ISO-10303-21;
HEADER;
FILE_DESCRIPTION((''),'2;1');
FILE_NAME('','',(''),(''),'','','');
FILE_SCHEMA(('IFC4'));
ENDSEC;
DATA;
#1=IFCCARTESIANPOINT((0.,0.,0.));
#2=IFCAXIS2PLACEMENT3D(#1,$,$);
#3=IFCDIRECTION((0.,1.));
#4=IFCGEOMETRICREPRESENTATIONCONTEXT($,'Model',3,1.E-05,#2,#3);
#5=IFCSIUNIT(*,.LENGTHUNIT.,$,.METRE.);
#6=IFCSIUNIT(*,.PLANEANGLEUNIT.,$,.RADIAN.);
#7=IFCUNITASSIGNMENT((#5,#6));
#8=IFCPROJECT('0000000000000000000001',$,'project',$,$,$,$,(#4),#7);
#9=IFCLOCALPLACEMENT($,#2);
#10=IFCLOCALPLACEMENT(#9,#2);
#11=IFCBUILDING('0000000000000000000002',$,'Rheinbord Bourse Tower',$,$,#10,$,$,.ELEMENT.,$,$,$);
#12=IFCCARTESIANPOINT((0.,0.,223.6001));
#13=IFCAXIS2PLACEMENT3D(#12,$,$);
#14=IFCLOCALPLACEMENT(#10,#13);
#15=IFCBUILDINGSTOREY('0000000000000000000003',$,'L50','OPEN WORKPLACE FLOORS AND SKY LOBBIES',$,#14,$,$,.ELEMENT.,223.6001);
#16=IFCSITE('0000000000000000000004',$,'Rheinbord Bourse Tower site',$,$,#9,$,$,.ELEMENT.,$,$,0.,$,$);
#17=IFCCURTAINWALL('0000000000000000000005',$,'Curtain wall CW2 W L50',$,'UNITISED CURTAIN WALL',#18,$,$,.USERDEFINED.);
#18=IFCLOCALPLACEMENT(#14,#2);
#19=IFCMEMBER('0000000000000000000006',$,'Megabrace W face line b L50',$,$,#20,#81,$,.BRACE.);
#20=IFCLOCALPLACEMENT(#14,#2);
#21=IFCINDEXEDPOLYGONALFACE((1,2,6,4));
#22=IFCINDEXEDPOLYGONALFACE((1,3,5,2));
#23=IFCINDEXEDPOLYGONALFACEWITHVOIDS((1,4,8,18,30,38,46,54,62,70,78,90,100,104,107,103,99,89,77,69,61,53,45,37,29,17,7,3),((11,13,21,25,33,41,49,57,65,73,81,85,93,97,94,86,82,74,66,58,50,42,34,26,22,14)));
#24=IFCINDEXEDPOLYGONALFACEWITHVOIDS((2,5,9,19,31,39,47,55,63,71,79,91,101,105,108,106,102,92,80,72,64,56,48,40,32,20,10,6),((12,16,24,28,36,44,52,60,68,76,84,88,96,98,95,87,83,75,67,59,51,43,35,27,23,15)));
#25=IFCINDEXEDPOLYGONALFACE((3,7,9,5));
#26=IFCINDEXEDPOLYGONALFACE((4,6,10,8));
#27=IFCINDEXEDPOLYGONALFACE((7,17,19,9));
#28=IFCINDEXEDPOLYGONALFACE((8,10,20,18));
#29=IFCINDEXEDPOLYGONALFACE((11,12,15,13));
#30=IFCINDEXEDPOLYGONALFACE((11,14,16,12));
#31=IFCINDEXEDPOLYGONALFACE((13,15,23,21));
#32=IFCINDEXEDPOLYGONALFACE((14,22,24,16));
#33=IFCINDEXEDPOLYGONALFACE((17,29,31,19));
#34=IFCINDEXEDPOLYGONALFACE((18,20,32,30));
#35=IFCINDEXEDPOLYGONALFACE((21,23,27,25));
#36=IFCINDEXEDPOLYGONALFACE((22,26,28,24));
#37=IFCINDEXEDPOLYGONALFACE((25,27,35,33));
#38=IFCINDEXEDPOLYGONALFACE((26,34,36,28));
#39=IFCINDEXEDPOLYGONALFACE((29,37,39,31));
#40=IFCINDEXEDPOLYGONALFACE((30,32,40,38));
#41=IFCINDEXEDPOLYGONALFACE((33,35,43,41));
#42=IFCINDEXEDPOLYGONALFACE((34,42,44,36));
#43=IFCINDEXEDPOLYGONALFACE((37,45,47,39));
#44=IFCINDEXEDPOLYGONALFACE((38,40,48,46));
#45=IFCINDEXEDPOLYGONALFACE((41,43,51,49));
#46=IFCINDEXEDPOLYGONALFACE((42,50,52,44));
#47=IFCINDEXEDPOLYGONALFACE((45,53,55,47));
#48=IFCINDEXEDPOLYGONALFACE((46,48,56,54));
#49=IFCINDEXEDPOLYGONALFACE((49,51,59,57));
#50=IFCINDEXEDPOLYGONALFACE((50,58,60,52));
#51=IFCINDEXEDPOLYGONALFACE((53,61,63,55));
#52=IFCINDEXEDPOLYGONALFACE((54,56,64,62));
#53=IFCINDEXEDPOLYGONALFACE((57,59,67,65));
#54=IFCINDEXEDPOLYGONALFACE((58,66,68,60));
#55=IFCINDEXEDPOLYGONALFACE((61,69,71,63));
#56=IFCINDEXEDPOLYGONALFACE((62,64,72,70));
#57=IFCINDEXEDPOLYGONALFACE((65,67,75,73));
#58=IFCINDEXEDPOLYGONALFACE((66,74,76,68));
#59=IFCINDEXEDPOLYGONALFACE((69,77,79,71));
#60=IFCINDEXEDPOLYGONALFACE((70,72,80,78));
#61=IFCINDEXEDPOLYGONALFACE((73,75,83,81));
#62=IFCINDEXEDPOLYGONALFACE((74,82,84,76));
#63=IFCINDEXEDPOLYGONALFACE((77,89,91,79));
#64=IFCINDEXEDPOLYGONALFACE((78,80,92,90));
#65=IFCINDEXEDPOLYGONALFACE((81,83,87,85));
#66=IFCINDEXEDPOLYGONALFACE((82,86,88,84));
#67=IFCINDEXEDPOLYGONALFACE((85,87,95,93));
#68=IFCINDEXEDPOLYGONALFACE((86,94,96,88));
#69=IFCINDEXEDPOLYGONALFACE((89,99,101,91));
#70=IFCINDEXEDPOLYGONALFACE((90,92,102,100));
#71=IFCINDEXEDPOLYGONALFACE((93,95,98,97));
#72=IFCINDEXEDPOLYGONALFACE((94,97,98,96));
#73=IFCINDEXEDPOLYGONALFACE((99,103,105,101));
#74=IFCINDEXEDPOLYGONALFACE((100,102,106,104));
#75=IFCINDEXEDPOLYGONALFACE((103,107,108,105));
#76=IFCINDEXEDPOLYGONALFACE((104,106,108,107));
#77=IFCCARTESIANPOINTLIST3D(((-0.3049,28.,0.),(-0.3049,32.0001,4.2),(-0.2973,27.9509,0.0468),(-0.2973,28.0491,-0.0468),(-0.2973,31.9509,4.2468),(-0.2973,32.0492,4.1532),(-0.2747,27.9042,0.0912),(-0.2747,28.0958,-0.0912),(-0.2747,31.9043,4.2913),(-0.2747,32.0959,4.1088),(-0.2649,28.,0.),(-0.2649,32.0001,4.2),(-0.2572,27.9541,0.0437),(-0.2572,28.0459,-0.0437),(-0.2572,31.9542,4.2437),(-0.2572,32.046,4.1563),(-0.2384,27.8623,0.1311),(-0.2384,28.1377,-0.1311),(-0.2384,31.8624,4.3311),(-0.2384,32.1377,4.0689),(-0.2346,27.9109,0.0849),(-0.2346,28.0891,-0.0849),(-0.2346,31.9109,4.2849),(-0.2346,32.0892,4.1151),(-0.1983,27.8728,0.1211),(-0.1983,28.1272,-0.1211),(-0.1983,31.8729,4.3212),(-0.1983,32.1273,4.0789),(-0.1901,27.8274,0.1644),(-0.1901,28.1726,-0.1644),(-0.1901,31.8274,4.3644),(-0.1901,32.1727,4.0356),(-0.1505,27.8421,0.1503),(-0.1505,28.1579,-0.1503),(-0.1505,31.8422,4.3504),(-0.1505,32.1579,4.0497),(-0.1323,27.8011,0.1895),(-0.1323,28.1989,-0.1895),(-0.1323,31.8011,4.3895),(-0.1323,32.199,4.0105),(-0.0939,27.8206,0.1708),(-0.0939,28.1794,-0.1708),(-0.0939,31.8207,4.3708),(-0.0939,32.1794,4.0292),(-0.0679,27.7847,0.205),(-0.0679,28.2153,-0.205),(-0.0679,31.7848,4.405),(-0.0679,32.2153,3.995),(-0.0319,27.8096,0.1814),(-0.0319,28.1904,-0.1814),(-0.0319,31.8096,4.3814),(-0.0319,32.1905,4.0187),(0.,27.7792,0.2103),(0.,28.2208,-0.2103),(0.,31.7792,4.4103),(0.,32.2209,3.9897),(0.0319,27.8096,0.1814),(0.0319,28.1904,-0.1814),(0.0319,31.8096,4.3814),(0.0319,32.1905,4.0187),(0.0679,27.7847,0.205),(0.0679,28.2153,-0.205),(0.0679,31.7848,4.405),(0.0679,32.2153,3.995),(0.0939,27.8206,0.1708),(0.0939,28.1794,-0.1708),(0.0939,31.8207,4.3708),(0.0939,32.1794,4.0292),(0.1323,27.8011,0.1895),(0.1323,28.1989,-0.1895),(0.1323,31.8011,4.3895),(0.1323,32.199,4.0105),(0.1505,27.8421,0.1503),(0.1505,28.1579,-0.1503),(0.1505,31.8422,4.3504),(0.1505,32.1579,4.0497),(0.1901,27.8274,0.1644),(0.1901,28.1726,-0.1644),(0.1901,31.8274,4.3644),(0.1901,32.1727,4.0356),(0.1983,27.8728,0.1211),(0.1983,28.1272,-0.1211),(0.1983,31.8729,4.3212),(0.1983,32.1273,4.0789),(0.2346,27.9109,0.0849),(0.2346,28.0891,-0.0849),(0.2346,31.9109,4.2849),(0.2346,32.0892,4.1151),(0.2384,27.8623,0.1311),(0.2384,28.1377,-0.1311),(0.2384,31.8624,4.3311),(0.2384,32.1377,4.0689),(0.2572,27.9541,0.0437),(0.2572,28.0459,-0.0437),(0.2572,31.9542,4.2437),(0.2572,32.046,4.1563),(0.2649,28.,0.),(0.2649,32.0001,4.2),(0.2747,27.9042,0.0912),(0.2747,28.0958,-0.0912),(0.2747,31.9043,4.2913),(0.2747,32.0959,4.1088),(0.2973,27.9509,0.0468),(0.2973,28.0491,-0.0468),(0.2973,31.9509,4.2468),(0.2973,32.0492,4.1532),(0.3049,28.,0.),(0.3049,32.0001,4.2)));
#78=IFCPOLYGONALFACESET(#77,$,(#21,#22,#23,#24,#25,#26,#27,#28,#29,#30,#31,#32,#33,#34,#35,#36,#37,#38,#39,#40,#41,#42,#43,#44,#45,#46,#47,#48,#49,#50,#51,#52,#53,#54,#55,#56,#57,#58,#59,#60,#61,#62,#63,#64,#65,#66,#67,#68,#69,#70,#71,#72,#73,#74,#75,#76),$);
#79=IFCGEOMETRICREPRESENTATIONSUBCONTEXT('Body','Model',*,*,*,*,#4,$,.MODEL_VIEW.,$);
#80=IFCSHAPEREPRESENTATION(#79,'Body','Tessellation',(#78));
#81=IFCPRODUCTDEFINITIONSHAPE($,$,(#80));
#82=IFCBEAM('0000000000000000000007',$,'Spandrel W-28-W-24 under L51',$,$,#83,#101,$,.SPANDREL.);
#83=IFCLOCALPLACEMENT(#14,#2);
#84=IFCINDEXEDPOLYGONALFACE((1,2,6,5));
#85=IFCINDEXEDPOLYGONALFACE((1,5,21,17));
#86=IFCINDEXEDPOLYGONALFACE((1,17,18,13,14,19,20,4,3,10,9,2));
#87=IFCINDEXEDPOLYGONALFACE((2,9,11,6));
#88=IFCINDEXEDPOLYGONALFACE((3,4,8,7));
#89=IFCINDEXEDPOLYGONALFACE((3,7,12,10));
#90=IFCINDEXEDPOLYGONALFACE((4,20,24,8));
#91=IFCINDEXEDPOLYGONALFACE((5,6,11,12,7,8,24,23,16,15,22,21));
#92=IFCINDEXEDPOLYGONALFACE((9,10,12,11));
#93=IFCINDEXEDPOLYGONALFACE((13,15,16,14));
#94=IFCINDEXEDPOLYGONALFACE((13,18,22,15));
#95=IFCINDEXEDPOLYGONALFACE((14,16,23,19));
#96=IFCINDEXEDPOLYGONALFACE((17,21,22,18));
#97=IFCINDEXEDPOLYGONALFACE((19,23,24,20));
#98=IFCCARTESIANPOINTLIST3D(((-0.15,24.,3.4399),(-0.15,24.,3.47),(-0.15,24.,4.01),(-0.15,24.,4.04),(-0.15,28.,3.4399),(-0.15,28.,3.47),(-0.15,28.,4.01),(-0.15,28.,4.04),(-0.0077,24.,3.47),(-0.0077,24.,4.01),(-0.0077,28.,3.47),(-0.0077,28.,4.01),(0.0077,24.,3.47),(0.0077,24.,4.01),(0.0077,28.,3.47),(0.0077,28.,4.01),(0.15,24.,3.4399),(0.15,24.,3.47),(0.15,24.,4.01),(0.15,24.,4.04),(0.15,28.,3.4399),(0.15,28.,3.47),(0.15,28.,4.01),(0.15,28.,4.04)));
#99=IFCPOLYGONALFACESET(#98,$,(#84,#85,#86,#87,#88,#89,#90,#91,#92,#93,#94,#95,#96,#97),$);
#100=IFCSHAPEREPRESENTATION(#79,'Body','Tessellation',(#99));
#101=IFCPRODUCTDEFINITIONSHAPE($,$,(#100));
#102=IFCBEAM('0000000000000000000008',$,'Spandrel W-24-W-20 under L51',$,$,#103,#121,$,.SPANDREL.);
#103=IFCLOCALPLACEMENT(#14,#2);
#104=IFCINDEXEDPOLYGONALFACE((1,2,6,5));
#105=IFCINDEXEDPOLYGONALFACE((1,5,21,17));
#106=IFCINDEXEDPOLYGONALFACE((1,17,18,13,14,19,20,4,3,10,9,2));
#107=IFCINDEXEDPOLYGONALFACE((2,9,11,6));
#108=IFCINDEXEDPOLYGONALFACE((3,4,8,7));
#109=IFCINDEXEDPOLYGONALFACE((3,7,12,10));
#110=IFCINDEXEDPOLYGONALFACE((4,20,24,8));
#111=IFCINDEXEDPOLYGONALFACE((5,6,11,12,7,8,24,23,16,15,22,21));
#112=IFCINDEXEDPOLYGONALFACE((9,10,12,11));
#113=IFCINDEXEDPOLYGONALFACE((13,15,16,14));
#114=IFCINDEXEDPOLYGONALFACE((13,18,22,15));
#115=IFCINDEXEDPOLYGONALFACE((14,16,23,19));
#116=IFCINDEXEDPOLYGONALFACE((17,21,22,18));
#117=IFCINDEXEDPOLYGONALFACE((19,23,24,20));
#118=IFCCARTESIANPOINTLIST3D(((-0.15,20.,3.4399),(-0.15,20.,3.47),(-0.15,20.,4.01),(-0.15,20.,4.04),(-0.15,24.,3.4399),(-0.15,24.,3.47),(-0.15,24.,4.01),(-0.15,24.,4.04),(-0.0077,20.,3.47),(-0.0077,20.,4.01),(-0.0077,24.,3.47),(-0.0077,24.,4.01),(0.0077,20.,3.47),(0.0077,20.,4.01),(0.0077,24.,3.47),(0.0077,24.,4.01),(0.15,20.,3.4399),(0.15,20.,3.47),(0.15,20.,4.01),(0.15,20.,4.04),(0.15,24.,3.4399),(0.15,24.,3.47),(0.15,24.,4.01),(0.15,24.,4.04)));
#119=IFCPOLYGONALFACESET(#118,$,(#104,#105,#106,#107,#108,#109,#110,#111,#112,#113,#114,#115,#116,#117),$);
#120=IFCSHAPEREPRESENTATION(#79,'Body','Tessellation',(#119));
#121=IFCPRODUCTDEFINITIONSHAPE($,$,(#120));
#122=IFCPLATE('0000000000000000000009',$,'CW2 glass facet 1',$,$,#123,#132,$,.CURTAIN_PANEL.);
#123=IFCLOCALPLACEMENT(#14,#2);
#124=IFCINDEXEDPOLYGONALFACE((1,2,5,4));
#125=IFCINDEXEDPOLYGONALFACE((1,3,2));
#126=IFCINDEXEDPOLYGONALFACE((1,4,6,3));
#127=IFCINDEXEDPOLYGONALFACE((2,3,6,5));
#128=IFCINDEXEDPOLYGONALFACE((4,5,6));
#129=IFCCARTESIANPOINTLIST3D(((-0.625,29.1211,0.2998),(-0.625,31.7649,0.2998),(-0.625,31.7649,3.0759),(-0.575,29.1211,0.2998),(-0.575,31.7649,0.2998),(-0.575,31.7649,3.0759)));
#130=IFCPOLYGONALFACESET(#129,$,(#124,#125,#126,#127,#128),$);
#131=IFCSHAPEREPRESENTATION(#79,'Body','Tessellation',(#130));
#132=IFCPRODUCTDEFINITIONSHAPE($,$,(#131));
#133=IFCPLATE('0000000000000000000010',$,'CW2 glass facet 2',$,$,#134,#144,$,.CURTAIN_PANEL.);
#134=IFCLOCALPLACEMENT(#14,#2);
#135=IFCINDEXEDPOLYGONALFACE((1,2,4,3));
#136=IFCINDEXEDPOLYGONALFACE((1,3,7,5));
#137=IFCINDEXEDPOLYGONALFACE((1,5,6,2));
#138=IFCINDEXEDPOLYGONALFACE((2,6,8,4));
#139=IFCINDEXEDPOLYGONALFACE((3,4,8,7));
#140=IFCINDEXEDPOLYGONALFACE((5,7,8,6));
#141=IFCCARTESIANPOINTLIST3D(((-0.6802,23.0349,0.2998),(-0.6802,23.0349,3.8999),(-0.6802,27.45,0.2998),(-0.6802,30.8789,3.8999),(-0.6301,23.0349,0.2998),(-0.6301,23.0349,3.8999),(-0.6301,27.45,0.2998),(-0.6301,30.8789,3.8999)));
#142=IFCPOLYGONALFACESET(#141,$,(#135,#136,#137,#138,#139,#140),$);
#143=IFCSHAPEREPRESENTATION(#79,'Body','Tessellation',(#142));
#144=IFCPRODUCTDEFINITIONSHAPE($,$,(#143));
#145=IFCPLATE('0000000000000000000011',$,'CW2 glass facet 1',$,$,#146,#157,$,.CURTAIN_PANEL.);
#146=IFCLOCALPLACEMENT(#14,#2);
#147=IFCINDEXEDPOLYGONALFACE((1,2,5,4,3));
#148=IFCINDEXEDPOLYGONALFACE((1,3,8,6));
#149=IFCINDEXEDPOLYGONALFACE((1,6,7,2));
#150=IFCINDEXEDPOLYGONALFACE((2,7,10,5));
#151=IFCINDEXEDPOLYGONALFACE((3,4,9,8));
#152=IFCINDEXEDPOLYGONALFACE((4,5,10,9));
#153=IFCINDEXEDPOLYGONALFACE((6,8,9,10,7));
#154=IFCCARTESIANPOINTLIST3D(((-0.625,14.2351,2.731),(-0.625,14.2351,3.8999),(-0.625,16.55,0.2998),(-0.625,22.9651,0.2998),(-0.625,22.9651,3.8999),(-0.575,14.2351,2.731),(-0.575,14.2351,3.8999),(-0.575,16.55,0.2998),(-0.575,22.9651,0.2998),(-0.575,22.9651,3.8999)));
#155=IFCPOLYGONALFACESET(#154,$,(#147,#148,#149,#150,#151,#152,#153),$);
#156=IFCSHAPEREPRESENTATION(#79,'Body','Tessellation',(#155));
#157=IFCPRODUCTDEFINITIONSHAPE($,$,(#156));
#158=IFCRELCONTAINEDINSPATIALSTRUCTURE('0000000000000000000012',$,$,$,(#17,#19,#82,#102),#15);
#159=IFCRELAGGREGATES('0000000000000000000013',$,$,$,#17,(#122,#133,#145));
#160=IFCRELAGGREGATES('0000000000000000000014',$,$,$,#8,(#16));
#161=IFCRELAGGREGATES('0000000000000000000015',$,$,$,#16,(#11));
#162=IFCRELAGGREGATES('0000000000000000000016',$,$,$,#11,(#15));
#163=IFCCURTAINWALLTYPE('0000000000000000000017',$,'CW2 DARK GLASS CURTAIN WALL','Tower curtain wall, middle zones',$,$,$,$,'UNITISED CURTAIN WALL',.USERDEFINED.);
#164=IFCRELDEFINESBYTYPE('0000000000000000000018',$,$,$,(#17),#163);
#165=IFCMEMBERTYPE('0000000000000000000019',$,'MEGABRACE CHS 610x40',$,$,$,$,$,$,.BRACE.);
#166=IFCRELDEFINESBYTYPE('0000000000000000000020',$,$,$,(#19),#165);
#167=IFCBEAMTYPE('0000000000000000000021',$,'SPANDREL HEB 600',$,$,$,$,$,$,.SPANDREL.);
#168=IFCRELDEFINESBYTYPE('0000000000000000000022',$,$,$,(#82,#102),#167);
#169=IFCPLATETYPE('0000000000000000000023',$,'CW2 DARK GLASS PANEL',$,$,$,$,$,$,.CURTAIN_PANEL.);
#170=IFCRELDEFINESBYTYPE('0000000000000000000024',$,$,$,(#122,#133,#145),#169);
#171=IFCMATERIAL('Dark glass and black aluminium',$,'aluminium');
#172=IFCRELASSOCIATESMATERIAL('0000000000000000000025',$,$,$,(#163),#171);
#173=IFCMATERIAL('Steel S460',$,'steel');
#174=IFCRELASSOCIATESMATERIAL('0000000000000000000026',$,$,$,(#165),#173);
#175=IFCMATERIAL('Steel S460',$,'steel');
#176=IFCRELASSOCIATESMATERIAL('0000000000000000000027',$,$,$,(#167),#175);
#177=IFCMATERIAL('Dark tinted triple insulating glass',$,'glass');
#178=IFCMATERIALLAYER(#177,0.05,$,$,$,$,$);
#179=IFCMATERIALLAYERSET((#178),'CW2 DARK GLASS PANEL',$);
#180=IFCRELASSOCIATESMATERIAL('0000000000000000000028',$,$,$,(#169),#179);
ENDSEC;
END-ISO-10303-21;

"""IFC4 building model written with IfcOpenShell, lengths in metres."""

from ifc_helpers import new_model, si_unit, direction, frame, origin, origin_2d, place, context, subcontext, project, spatial, polyline, hollow_circle, i_section, outline, extrude, material, layer, layer_set, material_profile, profile_set, type_object, element, aggregate, save


model = new_model("IFC4")

# Units and contexts
model_context = context("Model", 3, precision=1e-05, world=origin(), true_north=direction((0.0, 1.0)))
body_context = subcontext(model_context, "Body", "Model", "MODEL_VIEW")
ifc_project = project(units=[si_unit("LENGTHUNIT", "METRE"), si_unit("PLANEANGLEUNIT", "RADIAN")], contexts=[model_context])

# Site, building, storey
site_placement = place(None, origin())
site = spatial("IfcSite", under=ifc_project, at=site_placement, Name="Rheinbord Bourse Tower site", CompositionType="ELEMENT", RefElevation=0.0)
building_placement = place(site_placement, origin())
building = spatial("IfcBuilding", under=site, at=building_placement, Name="Rheinbord Bourse Tower", CompositionType="ELEMENT")
storey_placement = place(building_placement, frame((0.0, 0.0, 223.6001)))
storey = spatial("IfcBuildingStorey", under=building, at=storey_placement, Name="L50", Description="OPEN WORKPLACE FLOORS AND SKY LOBBIES", CompositionType="ELEMENT", Elevation=223.6001)

# Curtain wall
ifc_material_1 = material(Name="Dark glass and black aluminium", Category="aluminium")
curtain_wall_type = type_object("IfcCurtainWallType", Name="CW2 DARK GLASS CURTAIN WALL", Description="Tower curtain wall, middle zones", ElementType="UNITISED CURTAIN WALL", PredefinedType="USERDEFINED", material=ifc_material_1)
curtain_wall_placement = place(storey_placement, origin())
curtain_wall = element("IfcCurtainWall", 1, at=curtain_wall_placement, inside=storey, type_object=curtain_wall_type, Name="Curtain wall CW2 W L50", ObjectType="UNITISED CURTAIN WALL", PredefinedType="USERDEFINED")

# Member
ifc_material_2 = material(Name="Steel S460", Category="steel")
ifc_material_profile_1 = material_profile(ifc_material_2, hollow_circle(Radius=0.3049, WallThickness=0.04, at=origin_2d()), Name="CHS 610x40")
ifc_profile_set_1 = profile_set([ifc_material_profile_1], Name="Steel S460")
member_type_1 = type_object("IfcMemberType", Name="MEGABRACE CHS 610x40", PredefinedType="BRACE", material=ifc_profile_set_1)
member_1_placement = place(storey_placement, frame((0.0, 28.0, 0.0), z_axis=(0.0, 0.689659, 0.724134), x_axis=(-1.0, 0.0, 0.0)))
element("IfcMember", 2, at=member_1_placement, inside=storey, type_object=member_type_1, Name="Megabrace W face line b L50", PredefinedType="BRACE", context=body_context, shape_type="SweptSolid", body=[
    extrude(hollow_circle(Radius=0.3049, WallThickness=0.04, at=origin_2d()), origin(), (0.0, 0.0, 1.0), 5.8),
])

# Beams
ifc_material_3 = material(Name="Steel S460", Category="steel")
ifc_material_profile_2 = material_profile(ifc_material_3, i_section(OverallWidth=0.3, OverallDepth=0.6001, WebThickness=0.0154, FlangeThickness=0.03, at=origin_2d()), Name="HEB 600")
ifc_profile_set_2 = profile_set([ifc_material_profile_2], Name="Steel S460")
beam_type_1 = type_object("IfcBeamType", Name="SPANDREL HEB 600", PredefinedType="SPANDREL", material=ifc_profile_set_2)
for number, where, z_axis, x_axis, name in (
    (3, (0.0, 28.0, 3.74), (0.0, -1.0, 0.0), (1.0, 0.0, 0.0), "Spandrel W-28-W-24 under L51"),
    (4, (0.0, 24.0, 3.74), (0.0, -1.0, 0.0), (1.0, 0.0, 0.0), "Spandrel W-24-W-20 under L51"),
):
    element("IfcBeam", number, at=place(storey_placement, frame(where, z_axis=z_axis, x_axis=x_axis)), inside=storey, type_object=beam_type_1, Name=name, PredefinedType="SPANDREL", context=body_context, shape_type="SweptSolid", body=[
        extrude(i_section(OverallWidth=0.3, OverallDepth=0.6001, WebThickness=0.0154, FlangeThickness=0.03, at=origin_2d()), origin(), (0.0, 0.0, 1.0), 4.0),
    ])

# Plates
ifc_material_4 = material(Name="Dark tinted triple insulating glass", Category="glass")
ifc_layer = layer(ifc_material_4, 0.05)
ifc_layer_set = layer_set([ifc_layer], Name="CW2 DARK GLASS PANEL")
plate_type = type_object("IfcPlateType", Name="CW2 DARK GLASS PANEL", PredefinedType="CURTAIN_PANEL", material=ifc_layer_set)
plate_1_placement = place(storey_placement, frame((-0.625, 31.7649, 0.2998), z_axis=(1.0, 0.0, 0.0), x_axis=(0.0, 0.0, 1.0)))
plate_1 = element("IfcPlate", 5, at=plate_1_placement, type_object=plate_type, Name="CW2 glass facet 1", PredefinedType="CURTAIN_PANEL", context=body_context, shape_type="SweptSolid", body=[
    extrude(outline(polyline([(0.0, 0.0), (2.7761, 0.0), (0.0, 2.6438), (0.0, 0.0)])), origin(), (0.0, 0.0, 1.0), 0.05),
])
plate_2_placement = place(storey_placement, frame((-0.6802, 23.0349, 3.8999), z_axis=(1.0, 0.0, 0.0), x_axis=(0.0, 0.0, -1.0)))
plate_2 = element("IfcPlate", 6, at=plate_2_placement, type_object=plate_type, Name="CW2 glass facet 2", PredefinedType="CURTAIN_PANEL", context=body_context, shape_type="SweptSolid", body=[
    extrude(outline(polyline([(0.0, 0.0), (3.6001, 0.0), (3.6001, 4.415), (0.0, 7.844), (0.0, 0.0)])), origin(), (0.0, 0.0, 1.0), 0.05),
])
plate_3_placement = place(storey_placement, frame((-0.625, 22.9651, 0.2998), z_axis=(1.0, 0.0, 0.0), x_axis=(0.0, 0.0, 1.0)))
plate_3 = element("IfcPlate", 7, at=plate_3_placement, type_object=plate_type, Name="CW2 glass facet 1", PredefinedType="CURTAIN_PANEL", context=body_context, shape_type="SweptSolid", body=[
    extrude(outline(polyline([(0.0, 0.0), (3.6001, 0.0), (3.6001, 8.73), (2.4312, 8.73), (0.0, 6.415), (0.0, 0.0)])), origin(), (0.0, 0.0, 1.0), 0.05),
])
aggregate(curtain_wall, [plate_1, plate_2, plate_3])

save(model, "model.ifc")
